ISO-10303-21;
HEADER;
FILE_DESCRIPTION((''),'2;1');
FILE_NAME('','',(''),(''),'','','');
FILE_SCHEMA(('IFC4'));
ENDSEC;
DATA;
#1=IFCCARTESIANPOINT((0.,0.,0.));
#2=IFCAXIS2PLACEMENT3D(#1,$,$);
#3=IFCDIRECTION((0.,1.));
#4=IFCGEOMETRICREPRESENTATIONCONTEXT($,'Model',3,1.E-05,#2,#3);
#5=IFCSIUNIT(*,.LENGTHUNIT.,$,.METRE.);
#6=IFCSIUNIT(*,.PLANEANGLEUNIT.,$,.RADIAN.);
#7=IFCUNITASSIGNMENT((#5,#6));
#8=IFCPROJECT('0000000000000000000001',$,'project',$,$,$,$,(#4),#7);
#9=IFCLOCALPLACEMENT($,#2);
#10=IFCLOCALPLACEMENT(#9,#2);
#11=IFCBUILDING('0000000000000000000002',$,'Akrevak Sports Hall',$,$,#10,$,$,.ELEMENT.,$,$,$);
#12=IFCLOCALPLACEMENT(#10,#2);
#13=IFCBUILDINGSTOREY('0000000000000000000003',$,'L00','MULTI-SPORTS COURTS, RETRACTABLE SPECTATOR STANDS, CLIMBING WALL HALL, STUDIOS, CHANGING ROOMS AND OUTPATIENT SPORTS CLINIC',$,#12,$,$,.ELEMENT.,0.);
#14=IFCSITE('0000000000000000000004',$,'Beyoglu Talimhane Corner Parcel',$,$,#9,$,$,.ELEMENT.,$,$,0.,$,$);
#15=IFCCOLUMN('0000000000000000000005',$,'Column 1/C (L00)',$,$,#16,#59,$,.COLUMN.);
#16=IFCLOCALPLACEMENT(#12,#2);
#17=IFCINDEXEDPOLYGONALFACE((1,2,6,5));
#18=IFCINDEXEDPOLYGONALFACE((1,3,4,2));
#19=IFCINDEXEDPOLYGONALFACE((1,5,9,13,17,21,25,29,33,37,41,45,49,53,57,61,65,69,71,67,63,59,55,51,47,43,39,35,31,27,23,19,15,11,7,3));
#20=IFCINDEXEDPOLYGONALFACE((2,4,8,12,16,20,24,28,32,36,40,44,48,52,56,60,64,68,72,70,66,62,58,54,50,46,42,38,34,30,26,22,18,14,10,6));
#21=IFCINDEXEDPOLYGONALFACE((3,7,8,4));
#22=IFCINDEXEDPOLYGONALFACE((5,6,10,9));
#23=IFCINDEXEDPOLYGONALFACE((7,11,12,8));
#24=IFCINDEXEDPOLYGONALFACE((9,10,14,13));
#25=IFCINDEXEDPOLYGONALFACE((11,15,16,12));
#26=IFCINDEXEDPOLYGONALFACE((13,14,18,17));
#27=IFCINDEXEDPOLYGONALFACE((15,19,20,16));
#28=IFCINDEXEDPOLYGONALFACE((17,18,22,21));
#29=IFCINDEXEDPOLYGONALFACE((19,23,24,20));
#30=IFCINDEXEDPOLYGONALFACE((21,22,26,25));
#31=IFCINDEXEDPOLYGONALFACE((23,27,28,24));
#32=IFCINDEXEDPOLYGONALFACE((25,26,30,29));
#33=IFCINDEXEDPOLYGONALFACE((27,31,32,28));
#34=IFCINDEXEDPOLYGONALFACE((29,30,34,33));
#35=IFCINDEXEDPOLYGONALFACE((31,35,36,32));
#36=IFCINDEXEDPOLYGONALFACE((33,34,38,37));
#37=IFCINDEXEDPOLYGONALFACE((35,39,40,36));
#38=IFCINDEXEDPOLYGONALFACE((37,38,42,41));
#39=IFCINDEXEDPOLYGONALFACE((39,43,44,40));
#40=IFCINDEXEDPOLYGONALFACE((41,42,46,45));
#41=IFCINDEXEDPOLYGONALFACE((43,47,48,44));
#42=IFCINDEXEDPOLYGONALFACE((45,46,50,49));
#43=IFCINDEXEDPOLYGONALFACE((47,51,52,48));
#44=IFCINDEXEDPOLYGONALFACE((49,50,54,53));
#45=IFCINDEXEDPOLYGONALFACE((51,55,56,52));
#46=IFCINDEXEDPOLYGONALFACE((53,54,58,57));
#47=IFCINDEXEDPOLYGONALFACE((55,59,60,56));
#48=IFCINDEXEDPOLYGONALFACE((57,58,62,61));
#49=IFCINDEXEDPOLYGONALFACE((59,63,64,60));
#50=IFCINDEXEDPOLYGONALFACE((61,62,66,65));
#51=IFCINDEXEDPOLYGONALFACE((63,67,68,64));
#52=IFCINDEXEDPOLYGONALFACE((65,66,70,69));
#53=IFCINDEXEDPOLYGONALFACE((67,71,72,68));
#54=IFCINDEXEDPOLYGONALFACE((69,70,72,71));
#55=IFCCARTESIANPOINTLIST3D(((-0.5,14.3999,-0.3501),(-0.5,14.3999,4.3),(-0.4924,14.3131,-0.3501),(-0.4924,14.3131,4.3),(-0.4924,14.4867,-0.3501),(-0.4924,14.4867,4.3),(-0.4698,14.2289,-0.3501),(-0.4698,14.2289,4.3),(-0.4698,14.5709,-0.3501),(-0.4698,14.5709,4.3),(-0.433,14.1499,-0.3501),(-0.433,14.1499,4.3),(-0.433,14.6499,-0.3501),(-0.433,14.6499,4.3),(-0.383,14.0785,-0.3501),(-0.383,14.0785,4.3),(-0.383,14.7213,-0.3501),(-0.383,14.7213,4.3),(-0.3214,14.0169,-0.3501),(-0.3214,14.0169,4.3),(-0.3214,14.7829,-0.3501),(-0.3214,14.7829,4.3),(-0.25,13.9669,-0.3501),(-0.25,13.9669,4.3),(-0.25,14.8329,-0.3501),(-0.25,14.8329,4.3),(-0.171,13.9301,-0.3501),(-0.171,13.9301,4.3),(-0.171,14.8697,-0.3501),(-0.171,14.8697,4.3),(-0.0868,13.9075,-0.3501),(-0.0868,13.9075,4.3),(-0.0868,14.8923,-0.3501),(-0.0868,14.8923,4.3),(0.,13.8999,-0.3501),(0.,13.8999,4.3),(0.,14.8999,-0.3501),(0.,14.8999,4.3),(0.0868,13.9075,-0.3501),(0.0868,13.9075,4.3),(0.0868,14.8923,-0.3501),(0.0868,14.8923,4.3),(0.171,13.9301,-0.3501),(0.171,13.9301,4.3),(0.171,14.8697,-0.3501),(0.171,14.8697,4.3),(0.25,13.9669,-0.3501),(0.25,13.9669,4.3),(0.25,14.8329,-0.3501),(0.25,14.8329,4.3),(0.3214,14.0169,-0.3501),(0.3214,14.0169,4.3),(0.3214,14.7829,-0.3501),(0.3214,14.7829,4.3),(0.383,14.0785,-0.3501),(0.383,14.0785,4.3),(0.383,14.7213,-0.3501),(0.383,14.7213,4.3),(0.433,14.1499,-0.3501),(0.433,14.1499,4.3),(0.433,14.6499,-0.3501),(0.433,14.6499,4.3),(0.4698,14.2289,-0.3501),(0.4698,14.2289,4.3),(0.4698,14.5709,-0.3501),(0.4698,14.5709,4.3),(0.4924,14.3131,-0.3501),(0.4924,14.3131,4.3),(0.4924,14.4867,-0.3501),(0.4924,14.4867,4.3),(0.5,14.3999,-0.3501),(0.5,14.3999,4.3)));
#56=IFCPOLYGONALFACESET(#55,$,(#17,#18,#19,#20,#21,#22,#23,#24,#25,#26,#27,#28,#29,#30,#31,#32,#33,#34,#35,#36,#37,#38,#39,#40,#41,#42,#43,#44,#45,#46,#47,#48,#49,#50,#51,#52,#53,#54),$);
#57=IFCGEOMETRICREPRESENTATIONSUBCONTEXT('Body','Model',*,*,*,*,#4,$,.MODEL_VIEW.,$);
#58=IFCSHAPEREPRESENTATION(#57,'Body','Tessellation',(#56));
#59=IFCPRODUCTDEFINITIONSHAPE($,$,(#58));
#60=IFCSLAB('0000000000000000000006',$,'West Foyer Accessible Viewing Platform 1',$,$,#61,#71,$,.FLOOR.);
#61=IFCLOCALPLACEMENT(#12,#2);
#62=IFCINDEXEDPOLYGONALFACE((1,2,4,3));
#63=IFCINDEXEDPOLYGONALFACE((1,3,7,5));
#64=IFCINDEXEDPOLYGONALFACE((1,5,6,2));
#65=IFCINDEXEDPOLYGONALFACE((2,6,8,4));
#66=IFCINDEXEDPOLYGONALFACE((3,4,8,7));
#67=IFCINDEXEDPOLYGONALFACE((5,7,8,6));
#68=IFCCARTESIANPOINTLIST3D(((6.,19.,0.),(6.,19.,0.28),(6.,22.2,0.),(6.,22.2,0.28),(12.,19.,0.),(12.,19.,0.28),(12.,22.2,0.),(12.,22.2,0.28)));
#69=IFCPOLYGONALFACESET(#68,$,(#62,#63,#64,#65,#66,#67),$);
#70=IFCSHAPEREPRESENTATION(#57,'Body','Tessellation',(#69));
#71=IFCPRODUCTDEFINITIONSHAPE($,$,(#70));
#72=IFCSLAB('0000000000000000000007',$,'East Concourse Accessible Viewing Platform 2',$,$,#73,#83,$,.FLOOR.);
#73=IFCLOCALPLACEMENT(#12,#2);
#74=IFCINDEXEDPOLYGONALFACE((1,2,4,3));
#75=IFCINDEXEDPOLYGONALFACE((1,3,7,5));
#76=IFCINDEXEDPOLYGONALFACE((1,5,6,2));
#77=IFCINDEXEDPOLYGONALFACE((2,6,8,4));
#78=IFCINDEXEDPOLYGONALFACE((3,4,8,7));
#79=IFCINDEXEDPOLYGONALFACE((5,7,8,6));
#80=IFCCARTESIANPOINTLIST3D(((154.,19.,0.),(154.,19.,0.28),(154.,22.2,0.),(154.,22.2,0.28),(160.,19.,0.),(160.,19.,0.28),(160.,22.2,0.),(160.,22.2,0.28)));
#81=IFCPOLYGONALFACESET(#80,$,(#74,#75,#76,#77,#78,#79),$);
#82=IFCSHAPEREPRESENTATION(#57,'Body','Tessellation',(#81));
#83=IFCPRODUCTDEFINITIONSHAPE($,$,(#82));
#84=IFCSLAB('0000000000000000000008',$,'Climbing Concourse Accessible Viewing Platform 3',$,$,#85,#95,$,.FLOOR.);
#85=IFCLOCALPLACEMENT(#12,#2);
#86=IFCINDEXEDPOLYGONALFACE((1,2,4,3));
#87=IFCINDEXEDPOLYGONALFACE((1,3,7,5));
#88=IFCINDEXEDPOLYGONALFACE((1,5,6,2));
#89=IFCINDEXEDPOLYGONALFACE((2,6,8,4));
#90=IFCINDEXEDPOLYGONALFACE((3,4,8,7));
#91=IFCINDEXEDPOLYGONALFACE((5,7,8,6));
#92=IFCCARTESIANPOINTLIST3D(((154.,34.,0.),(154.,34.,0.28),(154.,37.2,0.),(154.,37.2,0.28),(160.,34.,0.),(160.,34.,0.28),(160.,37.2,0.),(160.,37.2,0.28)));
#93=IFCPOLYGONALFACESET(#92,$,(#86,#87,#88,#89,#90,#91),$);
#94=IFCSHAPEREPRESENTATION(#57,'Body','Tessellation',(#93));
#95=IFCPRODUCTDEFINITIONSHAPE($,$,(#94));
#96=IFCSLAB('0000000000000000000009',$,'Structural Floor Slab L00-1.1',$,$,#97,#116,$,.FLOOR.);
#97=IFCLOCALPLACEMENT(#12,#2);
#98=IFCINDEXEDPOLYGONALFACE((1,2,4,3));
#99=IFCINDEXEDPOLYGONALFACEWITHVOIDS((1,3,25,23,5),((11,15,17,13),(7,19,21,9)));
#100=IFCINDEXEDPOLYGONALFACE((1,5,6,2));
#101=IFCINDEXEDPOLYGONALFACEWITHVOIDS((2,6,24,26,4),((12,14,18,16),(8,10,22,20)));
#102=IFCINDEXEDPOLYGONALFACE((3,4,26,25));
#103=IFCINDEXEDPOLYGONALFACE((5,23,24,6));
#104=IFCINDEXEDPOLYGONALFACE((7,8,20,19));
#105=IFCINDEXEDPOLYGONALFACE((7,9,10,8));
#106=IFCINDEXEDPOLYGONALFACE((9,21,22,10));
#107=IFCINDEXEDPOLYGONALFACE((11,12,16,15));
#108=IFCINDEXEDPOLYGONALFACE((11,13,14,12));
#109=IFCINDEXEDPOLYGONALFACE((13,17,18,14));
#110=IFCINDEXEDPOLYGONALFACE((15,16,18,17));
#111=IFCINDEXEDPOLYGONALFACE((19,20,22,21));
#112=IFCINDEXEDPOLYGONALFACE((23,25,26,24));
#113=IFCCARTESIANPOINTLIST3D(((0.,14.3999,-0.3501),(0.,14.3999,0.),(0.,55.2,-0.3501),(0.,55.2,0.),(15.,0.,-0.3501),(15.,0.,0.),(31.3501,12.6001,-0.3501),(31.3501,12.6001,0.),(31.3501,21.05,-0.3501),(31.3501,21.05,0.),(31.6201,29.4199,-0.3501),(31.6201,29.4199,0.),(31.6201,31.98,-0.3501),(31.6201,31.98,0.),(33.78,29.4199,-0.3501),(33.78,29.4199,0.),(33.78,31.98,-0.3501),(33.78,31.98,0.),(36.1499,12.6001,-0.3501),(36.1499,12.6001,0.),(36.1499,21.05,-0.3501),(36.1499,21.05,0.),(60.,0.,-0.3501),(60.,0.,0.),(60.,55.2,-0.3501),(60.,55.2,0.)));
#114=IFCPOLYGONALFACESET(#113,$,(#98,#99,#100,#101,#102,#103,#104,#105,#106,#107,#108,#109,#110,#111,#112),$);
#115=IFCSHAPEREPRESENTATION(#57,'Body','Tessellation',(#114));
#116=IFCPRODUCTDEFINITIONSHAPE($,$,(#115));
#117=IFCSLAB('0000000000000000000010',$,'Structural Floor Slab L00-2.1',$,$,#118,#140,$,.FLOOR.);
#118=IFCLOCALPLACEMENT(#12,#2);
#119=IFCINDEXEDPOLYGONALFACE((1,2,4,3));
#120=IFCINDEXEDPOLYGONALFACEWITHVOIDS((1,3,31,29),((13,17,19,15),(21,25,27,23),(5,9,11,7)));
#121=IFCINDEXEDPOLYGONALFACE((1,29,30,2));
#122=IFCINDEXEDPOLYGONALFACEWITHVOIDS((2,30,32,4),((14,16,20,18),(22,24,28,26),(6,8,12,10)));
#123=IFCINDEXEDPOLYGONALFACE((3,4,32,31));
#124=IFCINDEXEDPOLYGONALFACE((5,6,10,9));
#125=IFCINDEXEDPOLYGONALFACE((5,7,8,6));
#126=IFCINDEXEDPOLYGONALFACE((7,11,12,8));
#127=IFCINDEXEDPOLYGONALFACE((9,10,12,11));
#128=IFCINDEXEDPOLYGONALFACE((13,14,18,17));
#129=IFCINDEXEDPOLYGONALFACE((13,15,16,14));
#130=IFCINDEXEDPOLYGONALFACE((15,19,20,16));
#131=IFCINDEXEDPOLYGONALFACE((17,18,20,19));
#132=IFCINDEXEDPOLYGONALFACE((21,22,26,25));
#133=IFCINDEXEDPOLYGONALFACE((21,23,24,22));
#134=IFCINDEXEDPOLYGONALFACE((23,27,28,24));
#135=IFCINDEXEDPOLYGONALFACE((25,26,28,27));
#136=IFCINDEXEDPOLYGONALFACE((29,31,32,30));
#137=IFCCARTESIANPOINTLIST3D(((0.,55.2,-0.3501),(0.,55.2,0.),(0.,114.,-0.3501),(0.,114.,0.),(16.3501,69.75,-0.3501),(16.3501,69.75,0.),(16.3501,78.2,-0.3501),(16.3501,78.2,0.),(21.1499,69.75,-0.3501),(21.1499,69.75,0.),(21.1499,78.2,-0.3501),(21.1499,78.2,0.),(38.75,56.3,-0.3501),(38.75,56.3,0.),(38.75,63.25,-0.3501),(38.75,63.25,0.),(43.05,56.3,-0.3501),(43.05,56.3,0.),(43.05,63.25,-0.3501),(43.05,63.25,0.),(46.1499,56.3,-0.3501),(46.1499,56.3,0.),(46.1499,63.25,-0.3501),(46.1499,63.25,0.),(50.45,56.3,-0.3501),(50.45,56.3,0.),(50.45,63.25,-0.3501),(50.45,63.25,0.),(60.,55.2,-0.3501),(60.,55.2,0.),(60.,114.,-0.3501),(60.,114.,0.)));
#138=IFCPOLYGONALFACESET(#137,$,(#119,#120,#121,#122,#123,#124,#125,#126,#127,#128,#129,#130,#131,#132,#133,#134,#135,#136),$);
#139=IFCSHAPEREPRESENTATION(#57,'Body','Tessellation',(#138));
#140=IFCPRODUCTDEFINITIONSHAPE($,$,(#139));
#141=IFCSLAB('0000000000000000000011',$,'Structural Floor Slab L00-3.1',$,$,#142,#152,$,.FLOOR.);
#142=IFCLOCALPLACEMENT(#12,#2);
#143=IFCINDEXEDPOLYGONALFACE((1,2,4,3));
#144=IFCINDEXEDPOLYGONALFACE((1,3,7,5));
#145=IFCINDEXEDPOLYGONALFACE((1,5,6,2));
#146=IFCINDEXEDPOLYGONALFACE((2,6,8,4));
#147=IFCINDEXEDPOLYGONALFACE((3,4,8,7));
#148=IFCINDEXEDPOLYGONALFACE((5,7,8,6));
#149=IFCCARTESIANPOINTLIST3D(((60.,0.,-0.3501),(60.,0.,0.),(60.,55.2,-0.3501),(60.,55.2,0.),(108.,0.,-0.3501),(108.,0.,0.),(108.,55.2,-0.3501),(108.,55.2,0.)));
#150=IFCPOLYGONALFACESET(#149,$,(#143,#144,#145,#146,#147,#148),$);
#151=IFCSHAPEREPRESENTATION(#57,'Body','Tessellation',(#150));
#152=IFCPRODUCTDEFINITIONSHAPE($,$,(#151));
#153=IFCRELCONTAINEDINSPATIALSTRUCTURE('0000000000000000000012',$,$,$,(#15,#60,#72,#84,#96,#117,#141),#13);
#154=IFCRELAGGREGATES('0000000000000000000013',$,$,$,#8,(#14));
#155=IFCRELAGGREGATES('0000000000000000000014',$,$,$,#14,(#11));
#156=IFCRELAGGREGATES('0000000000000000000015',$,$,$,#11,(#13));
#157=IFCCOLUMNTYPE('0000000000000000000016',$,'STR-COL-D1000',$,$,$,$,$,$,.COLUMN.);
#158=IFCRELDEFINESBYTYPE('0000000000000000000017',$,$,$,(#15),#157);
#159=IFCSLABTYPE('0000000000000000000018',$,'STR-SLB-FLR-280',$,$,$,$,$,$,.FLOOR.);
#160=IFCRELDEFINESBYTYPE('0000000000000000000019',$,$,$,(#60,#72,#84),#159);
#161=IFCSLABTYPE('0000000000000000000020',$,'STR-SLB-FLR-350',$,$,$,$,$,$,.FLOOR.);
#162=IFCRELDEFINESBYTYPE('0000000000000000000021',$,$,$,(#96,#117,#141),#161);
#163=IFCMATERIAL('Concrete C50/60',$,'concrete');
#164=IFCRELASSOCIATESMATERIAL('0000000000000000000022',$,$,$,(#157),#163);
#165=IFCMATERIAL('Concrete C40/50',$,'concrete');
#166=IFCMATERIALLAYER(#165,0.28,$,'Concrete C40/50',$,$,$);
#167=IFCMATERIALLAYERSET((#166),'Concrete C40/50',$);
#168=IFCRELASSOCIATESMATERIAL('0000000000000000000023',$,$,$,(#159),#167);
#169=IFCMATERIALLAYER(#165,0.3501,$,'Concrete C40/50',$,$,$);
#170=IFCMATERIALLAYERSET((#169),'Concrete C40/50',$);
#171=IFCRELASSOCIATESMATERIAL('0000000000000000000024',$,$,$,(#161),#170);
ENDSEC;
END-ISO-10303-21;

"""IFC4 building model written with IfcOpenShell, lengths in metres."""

from ifc_helpers import new_model, si_unit, direction, frame, origin, origin_2d, place, context, subcontext, project, spatial, polyline, circle, outline, extrude, material, layer, layer_set, material_profile, profile_set, type_object, element, save


model = new_model("IFC4")

# Units and contexts
model_context = context("Model", 3, precision=1e-05, world=origin(), true_north=direction((0.0, 1.0)))
body_context = subcontext(model_context, "Body", "Model", "MODEL_VIEW")
ifc_project = project(units=[si_unit("LENGTHUNIT", "METRE"), si_unit("PLANEANGLEUNIT", "RADIAN")], contexts=[model_context])

# Site, building, storey
site_placement = place(None, origin())
site = spatial("IfcSite", under=ifc_project, at=site_placement, Name="Beyoglu Talimhane Corner Parcel", CompositionType="ELEMENT", RefElevation=0.0)
building_placement = place(site_placement, origin())
building = spatial("IfcBuilding", under=site, at=building_placement, Name="Akrevak Sports Hall", CompositionType="ELEMENT")
storey_placement = place(building_placement, origin())
storey = spatial("IfcBuildingStorey", under=building, at=storey_placement, Name="L00", Description="MULTI-SPORTS COURTS, RETRACTABLE SPECTATOR STANDS, CLIMBING WALL HALL, STUDIOS, CHANGING ROOMS AND OUTPATIENT SPORTS CLINIC", CompositionType="ELEMENT", Elevation=0.0)

# Column
ifc_material_1 = material(Name="Concrete C50/60", Category="concrete")
ifc_material_profile = material_profile(ifc_material_1, circle(Radius=0.5, at=origin_2d()), Name="COL D1000", Category="concrete")
ifc_profile_set = profile_set([ifc_material_profile], Name="Concrete C50/60")
column_type = type_object("IfcColumnType", Name="STR-COL-D1000", PredefinedType="COLUMN", material=ifc_profile_set)
column_placement = place(storey_placement, frame((0.0, 14.3999, -0.3501), z_axis=(0.0, 0.0, 1.0), x_axis=(1.0, 0.0, 0.0)))
element("IfcColumn", 1, at=column_placement, inside=storey, type_object=column_type, Name="Column 1/C (L00)", PredefinedType="COLUMN", context=body_context, shape_type="SweptSolid", body=[
    extrude(circle(Radius=0.5, at=origin_2d()), origin(), (0.0, 0.0, 1.0), 4.6501),
])

# Slabs
ifc_material_2 = material(Name="Concrete C40/50", Category="concrete")
ifc_layer_1 = layer(ifc_material_2, 0.28, Name="Concrete C40/50")
ifc_layer_set_1 = layer_set([ifc_layer_1], Name="Concrete C40/50")
slab_type_1 = type_object("IfcSlabType", Name="STR-SLB-FLR-280", PredefinedType="FLOOR", material=ifc_layer_set_1)
slab_1_placement = place(storey_placement, origin())
element("IfcSlab", 2, at=slab_1_placement, inside=storey, type_object=slab_type_1, Name="West Foyer Accessible Viewing Platform 1", PredefinedType="FLOOR", context=body_context, shape_type="SweptSolid", body=[
    extrude(outline(polyline([(6.0, 19.0), (12.0, 19.0), (12.0, 22.2), (6.0, 22.2), (6.0, 19.0)])), origin(), (0.0, 0.0, 1.0), 0.28),
])
slab_2_placement = place(storey_placement, origin())
element("IfcSlab", 3, at=slab_2_placement, inside=storey, type_object=slab_type_1, Name="East Concourse Accessible Viewing Platform 2", PredefinedType="FLOOR", context=body_context, shape_type="SweptSolid", body=[
    extrude(outline(polyline([(154.0, 19.0), (160.0, 19.0), (160.0, 22.2), (154.0, 22.2), (154.0, 19.0)])), origin(), (0.0, 0.0, 1.0), 0.28),
])
slab_3_placement = place(storey_placement, origin())
element("IfcSlab", 4, at=slab_3_placement, inside=storey, type_object=slab_type_1, Name="Climbing Concourse Accessible Viewing Platform 3", PredefinedType="FLOOR", context=body_context, shape_type="SweptSolid", body=[
    extrude(outline(polyline([(154.0, 34.0), (160.0, 34.0), (160.0, 37.2), (154.0, 37.2), (154.0, 34.0)])), origin(), (0.0, 0.0, 1.0), 0.28),
])
ifc_layer_2 = layer(ifc_material_2, 0.3501, Name="Concrete C40/50")
ifc_layer_set_2 = layer_set([ifc_layer_2], Name="Concrete C40/50")
slab_type_2 = type_object("IfcSlabType", Name="STR-SLB-FLR-350", PredefinedType="FLOOR", material=ifc_layer_set_2)
slab_4_placement = place(storey_placement, frame((0.0, 0.0, -0.3501)))
element("IfcSlab", 5, at=slab_4_placement, inside=storey, type_object=slab_type_2, Name="Structural Floor Slab L00-1.1", PredefinedType="FLOOR", context=body_context, shape_type="SweptSolid", body=[
    extrude(outline(polyline([(0.0, 14.3999), (15.0, 0.0), (60.0, 0.0), (60.0, 55.2), (0.0, 55.2), (0.0, 14.3999)]), holes=[polyline([(36.1499, 21.05), (36.1499, 12.6001), (31.3501, 12.6001), (31.3501, 21.05), (36.1499, 21.05)]), polyline([(33.78, 31.98), (33.78, 29.4199), (31.6201, 29.4199), (31.6201, 31.98), (33.78, 31.98)])]), origin(), (0.0, 0.0, 1.0), 0.3501),
])
slab_5_placement = place(storey_placement, frame((0.0, 0.0, -0.3501)))
element("IfcSlab", 6, at=slab_5_placement, inside=storey, type_object=slab_type_2, Name="Structural Floor Slab L00-2.1", PredefinedType="FLOOR", context=body_context, shape_type="SweptSolid", body=[
    extrude(outline(polyline([(0.0, 55.2), (60.0, 55.2), (60.0, 114.0), (0.0, 114.0), (0.0, 55.2)]), holes=[polyline([(43.05, 63.25), (43.05, 56.3), (38.75, 56.3), (38.75, 63.25), (43.05, 63.25)]), polyline([(50.45, 56.3), (46.1499, 56.3), (46.1499, 63.25), (50.45, 63.25), (50.45, 56.3)]), polyline([(21.1499, 69.75), (16.3501, 69.75), (16.3501, 78.2), (21.1499, 78.2), (21.1499, 69.75)])]), origin(), (0.0, 0.0, 1.0), 0.3501),
])
slab_6_placement = place(storey_placement, frame((0.0, 0.0, -0.3501)))
element("IfcSlab", 7, at=slab_6_placement, inside=storey, type_object=slab_type_2, Name="Structural Floor Slab L00-3.1", PredefinedType="FLOOR", context=body_context, shape_type="SweptSolid", body=[
    extrude(outline(polyline([(108.0, 0.0), (108.0, 55.2), (60.0, 55.2), (60.0, 0.0), (108.0, 0.0)])), origin(), (0.0, 0.0, 1.0), 0.3501),
])

save(model, "model.ifc")
